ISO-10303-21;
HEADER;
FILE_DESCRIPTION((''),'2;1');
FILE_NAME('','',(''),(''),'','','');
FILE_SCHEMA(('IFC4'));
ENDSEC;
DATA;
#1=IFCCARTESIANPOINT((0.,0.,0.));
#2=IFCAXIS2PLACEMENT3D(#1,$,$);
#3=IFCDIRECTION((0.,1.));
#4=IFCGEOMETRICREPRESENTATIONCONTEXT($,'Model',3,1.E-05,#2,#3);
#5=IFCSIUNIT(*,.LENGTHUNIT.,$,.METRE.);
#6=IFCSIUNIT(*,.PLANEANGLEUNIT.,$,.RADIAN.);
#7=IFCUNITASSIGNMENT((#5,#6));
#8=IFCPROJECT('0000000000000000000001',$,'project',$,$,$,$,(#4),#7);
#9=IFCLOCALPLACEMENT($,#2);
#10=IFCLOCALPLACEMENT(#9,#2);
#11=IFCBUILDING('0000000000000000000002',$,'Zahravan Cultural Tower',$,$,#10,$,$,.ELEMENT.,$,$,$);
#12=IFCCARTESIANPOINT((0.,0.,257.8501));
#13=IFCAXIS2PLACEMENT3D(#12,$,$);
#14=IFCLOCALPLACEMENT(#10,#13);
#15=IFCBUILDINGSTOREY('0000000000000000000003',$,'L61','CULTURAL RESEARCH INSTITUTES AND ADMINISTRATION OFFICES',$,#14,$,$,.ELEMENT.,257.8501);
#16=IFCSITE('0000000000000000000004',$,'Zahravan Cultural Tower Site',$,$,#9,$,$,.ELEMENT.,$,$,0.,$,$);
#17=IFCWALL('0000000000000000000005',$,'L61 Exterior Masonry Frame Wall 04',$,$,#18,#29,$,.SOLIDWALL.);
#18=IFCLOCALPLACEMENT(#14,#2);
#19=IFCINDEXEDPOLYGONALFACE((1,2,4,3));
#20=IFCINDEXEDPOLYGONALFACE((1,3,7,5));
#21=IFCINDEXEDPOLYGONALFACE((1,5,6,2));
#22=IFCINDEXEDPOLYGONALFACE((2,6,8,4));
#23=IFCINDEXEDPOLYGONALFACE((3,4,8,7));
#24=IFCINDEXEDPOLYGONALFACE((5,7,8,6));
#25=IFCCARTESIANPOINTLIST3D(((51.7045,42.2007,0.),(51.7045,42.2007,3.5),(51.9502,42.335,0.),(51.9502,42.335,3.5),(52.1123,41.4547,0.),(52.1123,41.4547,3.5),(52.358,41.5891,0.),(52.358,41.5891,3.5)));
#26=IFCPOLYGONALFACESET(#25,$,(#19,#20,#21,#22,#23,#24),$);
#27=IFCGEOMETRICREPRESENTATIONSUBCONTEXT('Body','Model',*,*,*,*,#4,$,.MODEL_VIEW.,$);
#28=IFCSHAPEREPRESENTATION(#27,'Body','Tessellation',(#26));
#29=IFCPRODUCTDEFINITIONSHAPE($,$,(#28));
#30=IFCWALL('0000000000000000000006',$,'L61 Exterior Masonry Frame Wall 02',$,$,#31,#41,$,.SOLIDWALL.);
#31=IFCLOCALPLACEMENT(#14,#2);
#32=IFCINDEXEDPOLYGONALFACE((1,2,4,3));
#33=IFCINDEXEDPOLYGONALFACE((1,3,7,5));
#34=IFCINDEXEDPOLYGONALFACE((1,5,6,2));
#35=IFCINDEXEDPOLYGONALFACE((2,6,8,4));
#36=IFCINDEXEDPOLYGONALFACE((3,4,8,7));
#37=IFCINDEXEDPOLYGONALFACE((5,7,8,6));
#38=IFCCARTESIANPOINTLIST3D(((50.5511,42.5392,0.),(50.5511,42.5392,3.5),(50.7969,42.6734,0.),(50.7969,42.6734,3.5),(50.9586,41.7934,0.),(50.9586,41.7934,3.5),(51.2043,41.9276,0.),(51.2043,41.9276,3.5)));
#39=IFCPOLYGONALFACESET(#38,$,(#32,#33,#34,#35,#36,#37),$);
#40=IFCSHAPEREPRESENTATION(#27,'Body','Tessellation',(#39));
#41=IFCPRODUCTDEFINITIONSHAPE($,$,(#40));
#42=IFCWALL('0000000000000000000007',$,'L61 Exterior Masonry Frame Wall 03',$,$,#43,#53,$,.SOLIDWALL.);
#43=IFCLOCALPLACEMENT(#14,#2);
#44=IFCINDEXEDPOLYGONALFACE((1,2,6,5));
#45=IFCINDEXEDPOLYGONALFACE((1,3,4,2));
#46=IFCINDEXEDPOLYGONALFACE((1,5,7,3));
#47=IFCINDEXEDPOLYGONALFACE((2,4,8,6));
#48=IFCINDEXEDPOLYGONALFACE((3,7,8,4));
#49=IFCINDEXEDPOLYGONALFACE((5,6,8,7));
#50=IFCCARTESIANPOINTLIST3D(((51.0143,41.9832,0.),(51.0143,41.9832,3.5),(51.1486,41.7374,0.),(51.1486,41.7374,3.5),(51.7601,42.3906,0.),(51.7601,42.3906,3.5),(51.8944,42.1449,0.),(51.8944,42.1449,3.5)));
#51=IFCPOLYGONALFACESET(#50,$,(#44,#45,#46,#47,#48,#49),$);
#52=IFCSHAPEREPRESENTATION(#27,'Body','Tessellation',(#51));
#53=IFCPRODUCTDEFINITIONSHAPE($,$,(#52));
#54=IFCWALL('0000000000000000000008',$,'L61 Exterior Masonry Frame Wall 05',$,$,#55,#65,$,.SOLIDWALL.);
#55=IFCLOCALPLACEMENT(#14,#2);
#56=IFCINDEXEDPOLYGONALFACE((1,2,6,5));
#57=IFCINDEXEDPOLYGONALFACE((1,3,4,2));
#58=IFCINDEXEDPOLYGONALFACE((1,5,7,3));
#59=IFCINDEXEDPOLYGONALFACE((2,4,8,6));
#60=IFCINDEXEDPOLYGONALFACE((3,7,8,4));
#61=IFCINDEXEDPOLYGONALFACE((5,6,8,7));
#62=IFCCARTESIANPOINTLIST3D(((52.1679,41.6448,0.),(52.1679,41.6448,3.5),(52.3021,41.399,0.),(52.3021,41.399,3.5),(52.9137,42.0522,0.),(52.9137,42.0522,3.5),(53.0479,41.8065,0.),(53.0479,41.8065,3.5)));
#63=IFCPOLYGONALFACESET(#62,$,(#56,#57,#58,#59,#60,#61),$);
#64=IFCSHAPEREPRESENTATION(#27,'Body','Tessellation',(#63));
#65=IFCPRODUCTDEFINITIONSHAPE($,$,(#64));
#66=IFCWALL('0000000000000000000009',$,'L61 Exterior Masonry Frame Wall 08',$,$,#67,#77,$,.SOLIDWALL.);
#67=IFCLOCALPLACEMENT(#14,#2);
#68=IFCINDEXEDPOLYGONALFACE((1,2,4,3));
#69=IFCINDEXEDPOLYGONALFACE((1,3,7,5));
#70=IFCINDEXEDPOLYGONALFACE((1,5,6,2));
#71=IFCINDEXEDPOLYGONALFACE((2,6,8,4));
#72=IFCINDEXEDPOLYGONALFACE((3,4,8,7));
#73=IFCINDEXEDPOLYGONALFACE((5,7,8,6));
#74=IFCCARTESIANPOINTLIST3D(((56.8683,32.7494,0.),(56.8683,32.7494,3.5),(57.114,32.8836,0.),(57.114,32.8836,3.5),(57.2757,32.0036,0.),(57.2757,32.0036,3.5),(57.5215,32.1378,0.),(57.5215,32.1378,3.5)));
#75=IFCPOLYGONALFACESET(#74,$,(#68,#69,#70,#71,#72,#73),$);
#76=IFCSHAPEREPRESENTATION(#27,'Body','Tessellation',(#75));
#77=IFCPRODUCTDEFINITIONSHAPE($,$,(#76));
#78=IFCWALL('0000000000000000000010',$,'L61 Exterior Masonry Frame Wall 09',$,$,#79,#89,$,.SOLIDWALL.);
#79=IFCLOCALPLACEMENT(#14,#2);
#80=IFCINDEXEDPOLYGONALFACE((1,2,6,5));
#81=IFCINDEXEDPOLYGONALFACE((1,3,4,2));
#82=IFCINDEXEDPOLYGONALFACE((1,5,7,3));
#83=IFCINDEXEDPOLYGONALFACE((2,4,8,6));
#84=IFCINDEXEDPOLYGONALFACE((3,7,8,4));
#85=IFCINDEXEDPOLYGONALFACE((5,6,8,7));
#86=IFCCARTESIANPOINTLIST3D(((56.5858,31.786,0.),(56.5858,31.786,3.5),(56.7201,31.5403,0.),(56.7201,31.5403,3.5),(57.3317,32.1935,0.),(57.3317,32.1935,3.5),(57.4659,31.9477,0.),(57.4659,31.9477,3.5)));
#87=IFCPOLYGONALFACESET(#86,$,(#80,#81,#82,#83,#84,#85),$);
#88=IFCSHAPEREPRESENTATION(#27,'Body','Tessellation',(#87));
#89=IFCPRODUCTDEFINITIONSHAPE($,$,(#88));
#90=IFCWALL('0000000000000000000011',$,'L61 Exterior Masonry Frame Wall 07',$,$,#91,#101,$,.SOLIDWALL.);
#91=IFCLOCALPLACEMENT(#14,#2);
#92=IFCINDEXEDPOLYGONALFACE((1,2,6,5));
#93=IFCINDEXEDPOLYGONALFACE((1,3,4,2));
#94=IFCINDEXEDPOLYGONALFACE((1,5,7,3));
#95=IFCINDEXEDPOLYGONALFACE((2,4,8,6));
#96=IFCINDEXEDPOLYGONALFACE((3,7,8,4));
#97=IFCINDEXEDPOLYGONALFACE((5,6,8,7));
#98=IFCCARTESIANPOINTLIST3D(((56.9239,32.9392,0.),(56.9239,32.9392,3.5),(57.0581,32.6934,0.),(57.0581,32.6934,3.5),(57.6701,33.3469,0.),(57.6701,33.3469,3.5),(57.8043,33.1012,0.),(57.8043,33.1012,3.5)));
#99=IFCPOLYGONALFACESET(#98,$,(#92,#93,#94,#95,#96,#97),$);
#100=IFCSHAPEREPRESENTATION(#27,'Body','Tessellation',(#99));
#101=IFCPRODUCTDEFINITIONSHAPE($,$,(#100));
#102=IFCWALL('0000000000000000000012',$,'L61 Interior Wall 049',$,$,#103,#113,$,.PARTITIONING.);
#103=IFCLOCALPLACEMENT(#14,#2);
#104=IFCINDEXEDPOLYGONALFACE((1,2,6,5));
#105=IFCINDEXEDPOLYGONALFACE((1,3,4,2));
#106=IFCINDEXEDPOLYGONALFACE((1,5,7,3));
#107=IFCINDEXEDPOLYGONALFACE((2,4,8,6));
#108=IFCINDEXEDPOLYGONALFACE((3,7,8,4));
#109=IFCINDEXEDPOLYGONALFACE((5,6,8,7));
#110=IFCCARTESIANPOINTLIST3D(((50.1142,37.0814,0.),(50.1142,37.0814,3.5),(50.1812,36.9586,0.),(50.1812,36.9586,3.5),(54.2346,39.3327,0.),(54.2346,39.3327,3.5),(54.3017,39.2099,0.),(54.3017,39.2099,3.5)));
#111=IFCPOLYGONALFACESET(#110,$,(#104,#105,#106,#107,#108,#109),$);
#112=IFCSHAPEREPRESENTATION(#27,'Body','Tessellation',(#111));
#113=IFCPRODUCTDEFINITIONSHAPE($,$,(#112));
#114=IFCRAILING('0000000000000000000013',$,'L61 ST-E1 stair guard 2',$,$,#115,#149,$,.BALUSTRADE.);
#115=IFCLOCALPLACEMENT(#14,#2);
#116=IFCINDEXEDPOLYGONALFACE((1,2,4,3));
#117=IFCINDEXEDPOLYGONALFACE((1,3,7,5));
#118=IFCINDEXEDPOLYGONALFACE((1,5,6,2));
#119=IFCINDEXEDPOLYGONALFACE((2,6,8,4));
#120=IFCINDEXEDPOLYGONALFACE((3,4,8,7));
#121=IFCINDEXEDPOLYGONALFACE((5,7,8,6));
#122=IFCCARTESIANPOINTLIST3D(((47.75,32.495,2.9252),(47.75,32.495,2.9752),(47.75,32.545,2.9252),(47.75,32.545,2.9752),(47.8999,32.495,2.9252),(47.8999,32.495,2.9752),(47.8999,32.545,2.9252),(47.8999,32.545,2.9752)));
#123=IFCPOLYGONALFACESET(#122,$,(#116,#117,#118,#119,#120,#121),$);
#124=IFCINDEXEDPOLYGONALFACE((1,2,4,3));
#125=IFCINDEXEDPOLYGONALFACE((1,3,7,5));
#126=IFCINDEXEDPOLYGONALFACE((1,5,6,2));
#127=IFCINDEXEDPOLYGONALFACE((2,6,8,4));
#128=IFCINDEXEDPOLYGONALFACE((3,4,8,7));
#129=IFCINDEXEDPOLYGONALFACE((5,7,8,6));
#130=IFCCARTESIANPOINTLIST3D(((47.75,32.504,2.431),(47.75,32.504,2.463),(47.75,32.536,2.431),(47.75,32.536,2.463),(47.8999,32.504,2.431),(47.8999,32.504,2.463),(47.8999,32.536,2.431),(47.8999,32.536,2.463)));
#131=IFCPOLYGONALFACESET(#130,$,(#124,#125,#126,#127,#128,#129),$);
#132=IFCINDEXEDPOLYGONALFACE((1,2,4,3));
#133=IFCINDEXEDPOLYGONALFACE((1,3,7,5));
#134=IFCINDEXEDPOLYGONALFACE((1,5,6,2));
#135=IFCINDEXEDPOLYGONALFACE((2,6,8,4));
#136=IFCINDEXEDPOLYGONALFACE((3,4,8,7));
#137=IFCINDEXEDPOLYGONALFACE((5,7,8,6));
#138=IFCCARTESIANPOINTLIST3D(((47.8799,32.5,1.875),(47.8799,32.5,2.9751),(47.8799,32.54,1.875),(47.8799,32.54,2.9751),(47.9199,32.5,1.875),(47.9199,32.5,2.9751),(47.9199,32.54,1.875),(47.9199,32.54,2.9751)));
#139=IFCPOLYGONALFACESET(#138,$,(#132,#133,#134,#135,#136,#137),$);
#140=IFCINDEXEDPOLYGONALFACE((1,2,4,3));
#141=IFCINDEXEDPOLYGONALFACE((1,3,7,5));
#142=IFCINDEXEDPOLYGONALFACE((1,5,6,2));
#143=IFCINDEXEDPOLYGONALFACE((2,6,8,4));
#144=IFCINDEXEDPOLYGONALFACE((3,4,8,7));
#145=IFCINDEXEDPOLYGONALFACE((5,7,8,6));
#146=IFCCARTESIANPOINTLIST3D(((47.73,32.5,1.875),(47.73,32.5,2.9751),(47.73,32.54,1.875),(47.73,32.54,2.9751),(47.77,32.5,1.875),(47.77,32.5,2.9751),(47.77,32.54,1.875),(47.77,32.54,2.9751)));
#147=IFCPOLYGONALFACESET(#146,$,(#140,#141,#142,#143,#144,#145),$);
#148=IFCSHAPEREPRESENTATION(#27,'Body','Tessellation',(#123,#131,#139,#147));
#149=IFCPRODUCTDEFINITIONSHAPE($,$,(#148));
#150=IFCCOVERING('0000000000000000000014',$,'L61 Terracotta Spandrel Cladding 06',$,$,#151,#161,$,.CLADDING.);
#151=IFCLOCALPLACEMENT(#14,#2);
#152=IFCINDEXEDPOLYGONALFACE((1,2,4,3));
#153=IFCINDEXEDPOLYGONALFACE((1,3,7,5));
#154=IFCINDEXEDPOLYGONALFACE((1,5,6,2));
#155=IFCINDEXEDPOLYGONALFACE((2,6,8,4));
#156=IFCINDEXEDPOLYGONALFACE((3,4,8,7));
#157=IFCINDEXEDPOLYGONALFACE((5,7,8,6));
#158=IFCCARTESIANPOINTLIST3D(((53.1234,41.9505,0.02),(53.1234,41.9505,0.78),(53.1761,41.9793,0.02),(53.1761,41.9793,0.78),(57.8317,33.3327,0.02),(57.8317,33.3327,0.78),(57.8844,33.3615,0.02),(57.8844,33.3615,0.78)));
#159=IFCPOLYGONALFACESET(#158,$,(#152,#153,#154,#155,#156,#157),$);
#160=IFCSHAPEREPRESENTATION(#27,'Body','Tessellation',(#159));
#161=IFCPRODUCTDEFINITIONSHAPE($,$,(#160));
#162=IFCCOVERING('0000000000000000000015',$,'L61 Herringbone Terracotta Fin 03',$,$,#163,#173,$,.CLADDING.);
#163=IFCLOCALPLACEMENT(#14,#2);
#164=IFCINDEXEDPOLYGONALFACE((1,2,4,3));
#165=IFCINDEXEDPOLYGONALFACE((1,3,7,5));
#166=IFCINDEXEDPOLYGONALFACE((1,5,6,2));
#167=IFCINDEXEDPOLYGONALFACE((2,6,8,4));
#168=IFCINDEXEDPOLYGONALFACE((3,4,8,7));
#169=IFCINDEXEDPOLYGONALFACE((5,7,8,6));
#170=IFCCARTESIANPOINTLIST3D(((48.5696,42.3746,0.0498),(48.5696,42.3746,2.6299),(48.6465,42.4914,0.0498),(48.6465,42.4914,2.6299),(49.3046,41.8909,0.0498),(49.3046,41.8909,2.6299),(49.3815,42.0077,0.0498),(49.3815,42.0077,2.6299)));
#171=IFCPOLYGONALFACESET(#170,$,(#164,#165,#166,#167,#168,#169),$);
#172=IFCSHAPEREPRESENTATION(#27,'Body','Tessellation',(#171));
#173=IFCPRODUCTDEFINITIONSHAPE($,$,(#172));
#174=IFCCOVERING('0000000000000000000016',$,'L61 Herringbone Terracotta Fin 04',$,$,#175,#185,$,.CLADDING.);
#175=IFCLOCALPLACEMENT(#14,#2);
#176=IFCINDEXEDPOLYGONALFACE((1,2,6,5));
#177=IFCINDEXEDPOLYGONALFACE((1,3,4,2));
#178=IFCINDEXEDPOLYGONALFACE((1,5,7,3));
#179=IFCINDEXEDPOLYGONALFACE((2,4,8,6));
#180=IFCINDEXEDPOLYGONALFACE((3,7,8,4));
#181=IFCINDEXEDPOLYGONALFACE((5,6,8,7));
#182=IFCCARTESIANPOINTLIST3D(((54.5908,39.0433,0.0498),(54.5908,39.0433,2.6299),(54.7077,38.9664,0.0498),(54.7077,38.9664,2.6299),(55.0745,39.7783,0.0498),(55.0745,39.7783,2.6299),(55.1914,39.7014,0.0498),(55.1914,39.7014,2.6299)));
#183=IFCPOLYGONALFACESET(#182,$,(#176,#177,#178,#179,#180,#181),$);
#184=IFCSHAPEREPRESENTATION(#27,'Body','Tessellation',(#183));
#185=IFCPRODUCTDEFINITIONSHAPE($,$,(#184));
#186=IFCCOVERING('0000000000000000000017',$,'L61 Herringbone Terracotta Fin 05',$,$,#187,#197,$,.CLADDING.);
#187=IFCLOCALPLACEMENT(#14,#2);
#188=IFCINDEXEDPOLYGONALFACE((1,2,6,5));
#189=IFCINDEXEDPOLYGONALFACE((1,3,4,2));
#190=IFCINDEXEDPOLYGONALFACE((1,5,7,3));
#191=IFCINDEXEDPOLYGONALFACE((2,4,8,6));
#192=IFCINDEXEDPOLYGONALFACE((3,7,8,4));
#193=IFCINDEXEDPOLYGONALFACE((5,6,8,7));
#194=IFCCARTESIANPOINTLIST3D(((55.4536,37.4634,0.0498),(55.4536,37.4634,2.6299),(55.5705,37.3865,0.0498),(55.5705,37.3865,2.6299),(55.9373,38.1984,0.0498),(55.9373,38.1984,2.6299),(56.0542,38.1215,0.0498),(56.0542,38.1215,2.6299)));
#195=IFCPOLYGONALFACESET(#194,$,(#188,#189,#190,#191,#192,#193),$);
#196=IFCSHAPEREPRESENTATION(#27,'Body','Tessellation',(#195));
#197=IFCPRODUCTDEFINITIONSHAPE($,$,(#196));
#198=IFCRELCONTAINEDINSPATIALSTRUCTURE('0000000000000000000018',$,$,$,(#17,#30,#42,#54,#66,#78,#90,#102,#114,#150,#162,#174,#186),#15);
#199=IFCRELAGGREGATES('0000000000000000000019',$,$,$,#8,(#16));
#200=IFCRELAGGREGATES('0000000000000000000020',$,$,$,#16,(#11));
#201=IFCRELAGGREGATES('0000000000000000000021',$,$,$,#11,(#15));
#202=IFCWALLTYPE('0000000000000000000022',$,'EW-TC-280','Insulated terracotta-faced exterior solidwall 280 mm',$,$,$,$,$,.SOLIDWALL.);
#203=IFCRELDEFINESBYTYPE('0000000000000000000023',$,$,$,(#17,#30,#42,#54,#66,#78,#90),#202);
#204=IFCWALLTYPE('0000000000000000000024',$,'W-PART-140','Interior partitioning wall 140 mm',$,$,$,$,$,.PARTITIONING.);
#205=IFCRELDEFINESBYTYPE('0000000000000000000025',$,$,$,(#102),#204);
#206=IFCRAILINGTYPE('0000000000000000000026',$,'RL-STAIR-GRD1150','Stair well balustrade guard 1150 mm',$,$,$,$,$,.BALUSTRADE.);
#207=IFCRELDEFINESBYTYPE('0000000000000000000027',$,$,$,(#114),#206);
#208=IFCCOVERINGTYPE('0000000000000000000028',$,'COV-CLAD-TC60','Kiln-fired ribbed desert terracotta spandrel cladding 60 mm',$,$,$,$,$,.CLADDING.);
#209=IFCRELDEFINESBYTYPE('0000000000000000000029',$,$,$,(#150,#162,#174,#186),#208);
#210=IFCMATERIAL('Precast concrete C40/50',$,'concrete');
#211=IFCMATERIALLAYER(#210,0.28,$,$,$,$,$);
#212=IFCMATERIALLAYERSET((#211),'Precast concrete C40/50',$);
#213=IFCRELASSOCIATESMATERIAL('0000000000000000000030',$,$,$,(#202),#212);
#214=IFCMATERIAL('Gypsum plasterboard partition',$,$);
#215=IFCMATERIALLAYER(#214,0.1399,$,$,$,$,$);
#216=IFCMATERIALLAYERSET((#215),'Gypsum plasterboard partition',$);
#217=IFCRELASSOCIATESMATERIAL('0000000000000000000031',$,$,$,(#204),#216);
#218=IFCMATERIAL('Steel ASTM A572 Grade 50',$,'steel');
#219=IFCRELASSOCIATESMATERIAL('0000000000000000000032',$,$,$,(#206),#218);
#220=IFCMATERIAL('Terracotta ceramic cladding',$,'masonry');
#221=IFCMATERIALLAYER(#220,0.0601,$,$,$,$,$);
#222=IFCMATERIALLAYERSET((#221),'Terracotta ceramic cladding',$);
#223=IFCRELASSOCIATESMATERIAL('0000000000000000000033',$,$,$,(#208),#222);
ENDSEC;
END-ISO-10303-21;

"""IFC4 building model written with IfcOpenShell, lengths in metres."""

from ifc_helpers import new_model, si_unit, direction, frame, frame_2d, origin, origin_2d, place, context, subcontext, project, spatial, rectangle, extrude, source, transform, mapped, material, layer, layer_set, type_object, element, save


model = new_model("IFC4")

# Units and contexts
model_context = context("Model", 3, precision=1e-05, world=origin(), true_north=direction((0.0, 1.0)))
body_context = subcontext(model_context, "Body", "Model", "MODEL_VIEW")
ifc_project = project(units=[si_unit("LENGTHUNIT", "METRE"), si_unit("PLANEANGLEUNIT", "RADIAN")], contexts=[model_context])

# Site, building, storey
site_placement = place(None, origin())
site = spatial("IfcSite", under=ifc_project, at=site_placement, Name="Zahravan Cultural Tower Site", CompositionType="ELEMENT", RefElevation=0.0)
building_placement = place(site_placement, origin())
building = spatial("IfcBuilding", under=site, at=building_placement, Name="Zahravan Cultural Tower", CompositionType="ELEMENT")
storey_placement = place(building_placement, frame((0.0, 0.0, 257.8501)))
storey = spatial("IfcBuildingStorey", under=building, at=storey_placement, Name="L61", Description="CULTURAL RESEARCH INSTITUTES AND ADMINISTRATION OFFICES", CompositionType="ELEMENT", Elevation=257.8501)

# Shared definitions
ifc_material_1 = material(Name="Precast concrete C40/50", Category="concrete")
ifc_layer_1 = layer(ifc_material_1, 0.28)
ifc_layer_set_1 = layer_set([ifc_layer_1], Name="Precast concrete C40/50")
wall_type_1 = type_object("IfcWallType", Name="EW-TC-280", Description="Insulated terracotta-faced exterior solidwall 280 mm", PredefinedType="SOLIDWALL", material=ifc_layer_set_1)

# Shared definitions
ifc_material_2 = material(Name="Gypsum plasterboard partition")
ifc_layer_2 = layer(ifc_material_2, 0.1399)
ifc_layer_set_2 = layer_set([ifc_layer_2], Name="Gypsum plasterboard partition")
wall_type_2 = type_object("IfcWallType", Name="W-PART-140", Description="Interior partitioning wall 140 mm", PredefinedType="PARTITIONING", material=ifc_layer_set_2)

# Walls
shared_shape_1 = source(origin(), body_context, "Body", "SweptSolid", [
    extrude(rectangle(XDim=0.8501, YDim=0.28, at=frame_2d((0.425, 0.0))), origin(), (0.0, 0.0, 1.0), 3.5),
])
wall_1_placement = place(storey_placement, frame((51.8274, 42.2678, 0.0), z_axis=(0.0, 0.0, 1.0), x_axis=(0.479657, -0.877456, 0.0)))
element("IfcWall", 1, at=wall_1_placement, inside=storey, type_object=wall_type_1, Name="L61 Exterior Masonry Frame Wall 04", PredefinedType="SOLIDWALL", context=body_context, shape_type="MappedRepresentation", body=[
    mapped(shared_shape_1, transform((0.0, 0.0, 0.0), x_axis=(1.0, 0.0, 0.0), y_axis=(0.0, 1.0, 0.0), z_axis=(0.0, 0.0, 1.0), scale=1.0)),
])
shared_shape_2 = source(origin(), body_context, "Body", "SweptSolid", [
    extrude(rectangle(XDim=0.8499, YDim=0.28, at=frame_2d((0.4248, 0.0))), origin(), (0.0, 0.0, 1.0), 3.5),
])
for number, where, z_axis, x_axis, name in (
    (2, (50.6741, 42.6062, 0.0), (0.0, 0.0, 1.0), (0.479436, -0.877577, 0.0), "L61 Exterior Masonry Frame Wall 02"),
    (3, (51.0815, 41.8604, 0.0), (0.0, 0.0, 1.0), (0.877577, 0.479436, 0.0), "L61 Exterior Masonry Frame Wall 03"),
    (4, (52.2351, 41.522, 0.0), (0.0, 0.0, 1.0), (0.877577, 0.479436, 0.0), "L61 Exterior Masonry Frame Wall 05"),
    (5, (56.9912, 32.8164, 0.0), (0.0, 0.0, 1.0), (0.479436, -0.877577, 0.0), "L61 Exterior Masonry Frame Wall 08"),
    (6, (57.3987, 32.0706, 0.0), (0.0, 0.0, 1.0), (-0.877577, -0.479436, 0.0), "L61 Exterior Masonry Frame Wall 09"),
):
    element("IfcWall", number, at=place(storey_placement, frame(where, z_axis=z_axis, x_axis=x_axis)), inside=storey, type_object=wall_type_1, Name=name, PredefinedType="SOLIDWALL", context=body_context, shape_type="MappedRepresentation", body=[
        mapped(shared_shape_2, transform((0.0, 0.0, 0.0), x_axis=(1.0, 0.0, 0.0), y_axis=(0.0, 1.0, 0.0), z_axis=(0.0, 0.0, 1.0), scale=1.0)),
    ])
shared_shape_3 = source(origin(), body_context, "Body", "SweptSolid", [
    extrude(rectangle(XDim=0.8503, YDim=0.28, at=frame_2d((0.4253, 0.0))), origin(), (0.0, 0.0, 1.0), 3.5),
])
wall_2_placement = place(storey_placement, frame((57.7373, 33.2241, 0.0), z_axis=(0.0, 0.0, 1.0), x_axis=(-0.877522, -0.479536, 0.0)))
element("IfcWall", 7, at=wall_2_placement, inside=storey, type_object=wall_type_1, Name="L61 Exterior Masonry Frame Wall 07", PredefinedType="SOLIDWALL", context=body_context, shape_type="MappedRepresentation", body=[
    mapped(shared_shape_3, transform((0.0, 0.0, 0.0), x_axis=(1.0, 0.0, 0.0), y_axis=(0.0, 1.0, 0.0), z_axis=(0.0, 0.0, 1.0), scale=1.0)),
])
shared_shape_4 = source(origin(), body_context, "Body", "SweptSolid", [
    extrude(rectangle(XDim=4.6953, YDim=0.1399, at=frame_2d((2.3477, 0.0))), origin(), (0.0, 0.0, 1.0), 3.5),
])
wall_3_placement = place(storey_placement, frame((50.1477, 37.02, 0.0), z_axis=(0.0, 0.0, 1.0), x_axis=(0.87756, 0.479468, 0.0)))
element("IfcWall", 8, at=wall_3_placement, inside=storey, type_object=wall_type_2, Name="L61 Interior Wall 049", PredefinedType="PARTITIONING", context=body_context, shape_type="MappedRepresentation", body=[
    mapped(shared_shape_4, transform((0.0, 0.0, 0.0), x_axis=(1.0, 0.0, 0.0), y_axis=(0.0, 1.0, 0.0), z_axis=(0.0, 0.0, 1.0), scale=1.0)),
])

# Railing
ifc_material_3 = material(Name="Steel ASTM A572 Grade 50", Category="steel")
railing_type = type_object("IfcRailingType", Name="RL-STAIR-GRD1150", Description="Stair well balustrade guard 1150 mm", PredefinedType="BALUSTRADE", material=ifc_material_3)
railing_placement = place(storey_placement, frame((47.8999, 32.52, 1.875)))
element("IfcRailing", 9, at=railing_placement, inside=storey, type_object=railing_type, Name="L61 ST-E1 stair guard 2", PredefinedType="BALUSTRADE", context=body_context, shape_type="SweptSolid", body=[
    extrude(rectangle(XDim=0.05, YDim=0.05, at=origin_2d()), frame((0.0, 0.0, 1.0752), z_axis=(-1.0, 0.0, 0.0), x_axis=(0.0, -1.0, 0.0)), (0.0, 0.0, 1.0), 0.1499),
    extrude(rectangle(XDim=0.032, YDim=0.032, at=origin_2d()), frame((0.0, 0.0, 0.572), z_axis=(-1.0, 0.0, 0.0), x_axis=(0.0, -1.0, 0.0)), (0.0, 0.0, 1.0), 0.1499),
    extrude(rectangle(XDim=0.04, YDim=0.04, at=origin_2d()), origin(), (0.0, 0.0, 1.0), 1.1001),
    extrude(rectangle(XDim=0.04, YDim=0.04, at=origin_2d()), frame((-0.1499, 0.0, 0.0)), (0.0, 0.0, 1.0), 1.1001),
])

# Coverings
ifc_material_4 = material(Name="Terracotta ceramic cladding", Category="masonry")
ifc_layer_3 = layer(ifc_material_4, 0.0601)
ifc_layer_set_3 = layer_set([ifc_layer_3], Name="Terracotta ceramic cladding")
covering_type = type_object("IfcCoveringType", Name="COV-CLAD-TC60", Description="Kiln-fired ribbed desert terracotta spandrel cladding 60 mm", PredefinedType="CLADDING", material=ifc_layer_set_3)
shared_shape_5 = source(origin(), body_context, "Body", "SweptSolid", [
    extrude(rectangle(XDim=9.8201, YDim=0.0601, at=origin_2d()), origin(), (0.0, 0.0, 1.0), 0.76),
])
covering_placement = place(storey_placement, frame((55.5039, 37.656, 0.02), z_axis=(0.0, 0.0, 1.0), x_axis=(0.479458, -0.877565, 0.0)))
element("IfcCovering", 10, at=covering_placement, inside=storey, type_object=covering_type, Name="L61 Terracotta Spandrel Cladding 06", PredefinedType="CLADDING", context=body_context, shape_type="MappedRepresentation", body=[
    mapped(shared_shape_5, transform((0.0, 0.0, 0.0), x_axis=(1.0, 0.0, 0.0), y_axis=(0.0, 1.0, 0.0), z_axis=(0.0, 0.0, 1.0), scale=1.0)),
])
shared_shape_6 = source(origin(), body_context, "Body", "SweptSolid", [
    extrude(rectangle(XDim=0.8799, YDim=0.1399, at=origin_2d()), origin(), (0.0, 0.0, 1.0), 2.5801),
])
for number, where, z_axis, x_axis, name in (
    (11, (48.9756, 42.1912, 0.0498), (0.0, 0.0, 1.0), (-0.835328, 0.549752, 0.0), "L61 Herringbone Terracotta Fin 03"),
    (12, (54.8911, 39.3723, 0.0498), (0.0, 0.0, 1.0), (0.549752, 0.835328, 0.0), "L61 Herringbone Terracotta Fin 04"),
    (13, (55.7539, 37.7925, 0.0498), (0.0, 0.0, 1.0), (0.549752, 0.835328, 0.0), "L61 Herringbone Terracotta Fin 05"),
):
    element("IfcCovering", number, at=place(storey_placement, frame(where, z_axis=z_axis, x_axis=x_axis)), inside=storey, type_object=covering_type, Name=name, PredefinedType="CLADDING", context=body_context, shape_type="MappedRepresentation", body=[
        mapped(shared_shape_6, transform((0.0, 0.0, 0.0), x_axis=(1.0, 0.0, 0.0), y_axis=(0.0, 1.0, 0.0), z_axis=(0.0, 0.0, 1.0), scale=1.0)),
    ])

save(model, "model.ifc")
